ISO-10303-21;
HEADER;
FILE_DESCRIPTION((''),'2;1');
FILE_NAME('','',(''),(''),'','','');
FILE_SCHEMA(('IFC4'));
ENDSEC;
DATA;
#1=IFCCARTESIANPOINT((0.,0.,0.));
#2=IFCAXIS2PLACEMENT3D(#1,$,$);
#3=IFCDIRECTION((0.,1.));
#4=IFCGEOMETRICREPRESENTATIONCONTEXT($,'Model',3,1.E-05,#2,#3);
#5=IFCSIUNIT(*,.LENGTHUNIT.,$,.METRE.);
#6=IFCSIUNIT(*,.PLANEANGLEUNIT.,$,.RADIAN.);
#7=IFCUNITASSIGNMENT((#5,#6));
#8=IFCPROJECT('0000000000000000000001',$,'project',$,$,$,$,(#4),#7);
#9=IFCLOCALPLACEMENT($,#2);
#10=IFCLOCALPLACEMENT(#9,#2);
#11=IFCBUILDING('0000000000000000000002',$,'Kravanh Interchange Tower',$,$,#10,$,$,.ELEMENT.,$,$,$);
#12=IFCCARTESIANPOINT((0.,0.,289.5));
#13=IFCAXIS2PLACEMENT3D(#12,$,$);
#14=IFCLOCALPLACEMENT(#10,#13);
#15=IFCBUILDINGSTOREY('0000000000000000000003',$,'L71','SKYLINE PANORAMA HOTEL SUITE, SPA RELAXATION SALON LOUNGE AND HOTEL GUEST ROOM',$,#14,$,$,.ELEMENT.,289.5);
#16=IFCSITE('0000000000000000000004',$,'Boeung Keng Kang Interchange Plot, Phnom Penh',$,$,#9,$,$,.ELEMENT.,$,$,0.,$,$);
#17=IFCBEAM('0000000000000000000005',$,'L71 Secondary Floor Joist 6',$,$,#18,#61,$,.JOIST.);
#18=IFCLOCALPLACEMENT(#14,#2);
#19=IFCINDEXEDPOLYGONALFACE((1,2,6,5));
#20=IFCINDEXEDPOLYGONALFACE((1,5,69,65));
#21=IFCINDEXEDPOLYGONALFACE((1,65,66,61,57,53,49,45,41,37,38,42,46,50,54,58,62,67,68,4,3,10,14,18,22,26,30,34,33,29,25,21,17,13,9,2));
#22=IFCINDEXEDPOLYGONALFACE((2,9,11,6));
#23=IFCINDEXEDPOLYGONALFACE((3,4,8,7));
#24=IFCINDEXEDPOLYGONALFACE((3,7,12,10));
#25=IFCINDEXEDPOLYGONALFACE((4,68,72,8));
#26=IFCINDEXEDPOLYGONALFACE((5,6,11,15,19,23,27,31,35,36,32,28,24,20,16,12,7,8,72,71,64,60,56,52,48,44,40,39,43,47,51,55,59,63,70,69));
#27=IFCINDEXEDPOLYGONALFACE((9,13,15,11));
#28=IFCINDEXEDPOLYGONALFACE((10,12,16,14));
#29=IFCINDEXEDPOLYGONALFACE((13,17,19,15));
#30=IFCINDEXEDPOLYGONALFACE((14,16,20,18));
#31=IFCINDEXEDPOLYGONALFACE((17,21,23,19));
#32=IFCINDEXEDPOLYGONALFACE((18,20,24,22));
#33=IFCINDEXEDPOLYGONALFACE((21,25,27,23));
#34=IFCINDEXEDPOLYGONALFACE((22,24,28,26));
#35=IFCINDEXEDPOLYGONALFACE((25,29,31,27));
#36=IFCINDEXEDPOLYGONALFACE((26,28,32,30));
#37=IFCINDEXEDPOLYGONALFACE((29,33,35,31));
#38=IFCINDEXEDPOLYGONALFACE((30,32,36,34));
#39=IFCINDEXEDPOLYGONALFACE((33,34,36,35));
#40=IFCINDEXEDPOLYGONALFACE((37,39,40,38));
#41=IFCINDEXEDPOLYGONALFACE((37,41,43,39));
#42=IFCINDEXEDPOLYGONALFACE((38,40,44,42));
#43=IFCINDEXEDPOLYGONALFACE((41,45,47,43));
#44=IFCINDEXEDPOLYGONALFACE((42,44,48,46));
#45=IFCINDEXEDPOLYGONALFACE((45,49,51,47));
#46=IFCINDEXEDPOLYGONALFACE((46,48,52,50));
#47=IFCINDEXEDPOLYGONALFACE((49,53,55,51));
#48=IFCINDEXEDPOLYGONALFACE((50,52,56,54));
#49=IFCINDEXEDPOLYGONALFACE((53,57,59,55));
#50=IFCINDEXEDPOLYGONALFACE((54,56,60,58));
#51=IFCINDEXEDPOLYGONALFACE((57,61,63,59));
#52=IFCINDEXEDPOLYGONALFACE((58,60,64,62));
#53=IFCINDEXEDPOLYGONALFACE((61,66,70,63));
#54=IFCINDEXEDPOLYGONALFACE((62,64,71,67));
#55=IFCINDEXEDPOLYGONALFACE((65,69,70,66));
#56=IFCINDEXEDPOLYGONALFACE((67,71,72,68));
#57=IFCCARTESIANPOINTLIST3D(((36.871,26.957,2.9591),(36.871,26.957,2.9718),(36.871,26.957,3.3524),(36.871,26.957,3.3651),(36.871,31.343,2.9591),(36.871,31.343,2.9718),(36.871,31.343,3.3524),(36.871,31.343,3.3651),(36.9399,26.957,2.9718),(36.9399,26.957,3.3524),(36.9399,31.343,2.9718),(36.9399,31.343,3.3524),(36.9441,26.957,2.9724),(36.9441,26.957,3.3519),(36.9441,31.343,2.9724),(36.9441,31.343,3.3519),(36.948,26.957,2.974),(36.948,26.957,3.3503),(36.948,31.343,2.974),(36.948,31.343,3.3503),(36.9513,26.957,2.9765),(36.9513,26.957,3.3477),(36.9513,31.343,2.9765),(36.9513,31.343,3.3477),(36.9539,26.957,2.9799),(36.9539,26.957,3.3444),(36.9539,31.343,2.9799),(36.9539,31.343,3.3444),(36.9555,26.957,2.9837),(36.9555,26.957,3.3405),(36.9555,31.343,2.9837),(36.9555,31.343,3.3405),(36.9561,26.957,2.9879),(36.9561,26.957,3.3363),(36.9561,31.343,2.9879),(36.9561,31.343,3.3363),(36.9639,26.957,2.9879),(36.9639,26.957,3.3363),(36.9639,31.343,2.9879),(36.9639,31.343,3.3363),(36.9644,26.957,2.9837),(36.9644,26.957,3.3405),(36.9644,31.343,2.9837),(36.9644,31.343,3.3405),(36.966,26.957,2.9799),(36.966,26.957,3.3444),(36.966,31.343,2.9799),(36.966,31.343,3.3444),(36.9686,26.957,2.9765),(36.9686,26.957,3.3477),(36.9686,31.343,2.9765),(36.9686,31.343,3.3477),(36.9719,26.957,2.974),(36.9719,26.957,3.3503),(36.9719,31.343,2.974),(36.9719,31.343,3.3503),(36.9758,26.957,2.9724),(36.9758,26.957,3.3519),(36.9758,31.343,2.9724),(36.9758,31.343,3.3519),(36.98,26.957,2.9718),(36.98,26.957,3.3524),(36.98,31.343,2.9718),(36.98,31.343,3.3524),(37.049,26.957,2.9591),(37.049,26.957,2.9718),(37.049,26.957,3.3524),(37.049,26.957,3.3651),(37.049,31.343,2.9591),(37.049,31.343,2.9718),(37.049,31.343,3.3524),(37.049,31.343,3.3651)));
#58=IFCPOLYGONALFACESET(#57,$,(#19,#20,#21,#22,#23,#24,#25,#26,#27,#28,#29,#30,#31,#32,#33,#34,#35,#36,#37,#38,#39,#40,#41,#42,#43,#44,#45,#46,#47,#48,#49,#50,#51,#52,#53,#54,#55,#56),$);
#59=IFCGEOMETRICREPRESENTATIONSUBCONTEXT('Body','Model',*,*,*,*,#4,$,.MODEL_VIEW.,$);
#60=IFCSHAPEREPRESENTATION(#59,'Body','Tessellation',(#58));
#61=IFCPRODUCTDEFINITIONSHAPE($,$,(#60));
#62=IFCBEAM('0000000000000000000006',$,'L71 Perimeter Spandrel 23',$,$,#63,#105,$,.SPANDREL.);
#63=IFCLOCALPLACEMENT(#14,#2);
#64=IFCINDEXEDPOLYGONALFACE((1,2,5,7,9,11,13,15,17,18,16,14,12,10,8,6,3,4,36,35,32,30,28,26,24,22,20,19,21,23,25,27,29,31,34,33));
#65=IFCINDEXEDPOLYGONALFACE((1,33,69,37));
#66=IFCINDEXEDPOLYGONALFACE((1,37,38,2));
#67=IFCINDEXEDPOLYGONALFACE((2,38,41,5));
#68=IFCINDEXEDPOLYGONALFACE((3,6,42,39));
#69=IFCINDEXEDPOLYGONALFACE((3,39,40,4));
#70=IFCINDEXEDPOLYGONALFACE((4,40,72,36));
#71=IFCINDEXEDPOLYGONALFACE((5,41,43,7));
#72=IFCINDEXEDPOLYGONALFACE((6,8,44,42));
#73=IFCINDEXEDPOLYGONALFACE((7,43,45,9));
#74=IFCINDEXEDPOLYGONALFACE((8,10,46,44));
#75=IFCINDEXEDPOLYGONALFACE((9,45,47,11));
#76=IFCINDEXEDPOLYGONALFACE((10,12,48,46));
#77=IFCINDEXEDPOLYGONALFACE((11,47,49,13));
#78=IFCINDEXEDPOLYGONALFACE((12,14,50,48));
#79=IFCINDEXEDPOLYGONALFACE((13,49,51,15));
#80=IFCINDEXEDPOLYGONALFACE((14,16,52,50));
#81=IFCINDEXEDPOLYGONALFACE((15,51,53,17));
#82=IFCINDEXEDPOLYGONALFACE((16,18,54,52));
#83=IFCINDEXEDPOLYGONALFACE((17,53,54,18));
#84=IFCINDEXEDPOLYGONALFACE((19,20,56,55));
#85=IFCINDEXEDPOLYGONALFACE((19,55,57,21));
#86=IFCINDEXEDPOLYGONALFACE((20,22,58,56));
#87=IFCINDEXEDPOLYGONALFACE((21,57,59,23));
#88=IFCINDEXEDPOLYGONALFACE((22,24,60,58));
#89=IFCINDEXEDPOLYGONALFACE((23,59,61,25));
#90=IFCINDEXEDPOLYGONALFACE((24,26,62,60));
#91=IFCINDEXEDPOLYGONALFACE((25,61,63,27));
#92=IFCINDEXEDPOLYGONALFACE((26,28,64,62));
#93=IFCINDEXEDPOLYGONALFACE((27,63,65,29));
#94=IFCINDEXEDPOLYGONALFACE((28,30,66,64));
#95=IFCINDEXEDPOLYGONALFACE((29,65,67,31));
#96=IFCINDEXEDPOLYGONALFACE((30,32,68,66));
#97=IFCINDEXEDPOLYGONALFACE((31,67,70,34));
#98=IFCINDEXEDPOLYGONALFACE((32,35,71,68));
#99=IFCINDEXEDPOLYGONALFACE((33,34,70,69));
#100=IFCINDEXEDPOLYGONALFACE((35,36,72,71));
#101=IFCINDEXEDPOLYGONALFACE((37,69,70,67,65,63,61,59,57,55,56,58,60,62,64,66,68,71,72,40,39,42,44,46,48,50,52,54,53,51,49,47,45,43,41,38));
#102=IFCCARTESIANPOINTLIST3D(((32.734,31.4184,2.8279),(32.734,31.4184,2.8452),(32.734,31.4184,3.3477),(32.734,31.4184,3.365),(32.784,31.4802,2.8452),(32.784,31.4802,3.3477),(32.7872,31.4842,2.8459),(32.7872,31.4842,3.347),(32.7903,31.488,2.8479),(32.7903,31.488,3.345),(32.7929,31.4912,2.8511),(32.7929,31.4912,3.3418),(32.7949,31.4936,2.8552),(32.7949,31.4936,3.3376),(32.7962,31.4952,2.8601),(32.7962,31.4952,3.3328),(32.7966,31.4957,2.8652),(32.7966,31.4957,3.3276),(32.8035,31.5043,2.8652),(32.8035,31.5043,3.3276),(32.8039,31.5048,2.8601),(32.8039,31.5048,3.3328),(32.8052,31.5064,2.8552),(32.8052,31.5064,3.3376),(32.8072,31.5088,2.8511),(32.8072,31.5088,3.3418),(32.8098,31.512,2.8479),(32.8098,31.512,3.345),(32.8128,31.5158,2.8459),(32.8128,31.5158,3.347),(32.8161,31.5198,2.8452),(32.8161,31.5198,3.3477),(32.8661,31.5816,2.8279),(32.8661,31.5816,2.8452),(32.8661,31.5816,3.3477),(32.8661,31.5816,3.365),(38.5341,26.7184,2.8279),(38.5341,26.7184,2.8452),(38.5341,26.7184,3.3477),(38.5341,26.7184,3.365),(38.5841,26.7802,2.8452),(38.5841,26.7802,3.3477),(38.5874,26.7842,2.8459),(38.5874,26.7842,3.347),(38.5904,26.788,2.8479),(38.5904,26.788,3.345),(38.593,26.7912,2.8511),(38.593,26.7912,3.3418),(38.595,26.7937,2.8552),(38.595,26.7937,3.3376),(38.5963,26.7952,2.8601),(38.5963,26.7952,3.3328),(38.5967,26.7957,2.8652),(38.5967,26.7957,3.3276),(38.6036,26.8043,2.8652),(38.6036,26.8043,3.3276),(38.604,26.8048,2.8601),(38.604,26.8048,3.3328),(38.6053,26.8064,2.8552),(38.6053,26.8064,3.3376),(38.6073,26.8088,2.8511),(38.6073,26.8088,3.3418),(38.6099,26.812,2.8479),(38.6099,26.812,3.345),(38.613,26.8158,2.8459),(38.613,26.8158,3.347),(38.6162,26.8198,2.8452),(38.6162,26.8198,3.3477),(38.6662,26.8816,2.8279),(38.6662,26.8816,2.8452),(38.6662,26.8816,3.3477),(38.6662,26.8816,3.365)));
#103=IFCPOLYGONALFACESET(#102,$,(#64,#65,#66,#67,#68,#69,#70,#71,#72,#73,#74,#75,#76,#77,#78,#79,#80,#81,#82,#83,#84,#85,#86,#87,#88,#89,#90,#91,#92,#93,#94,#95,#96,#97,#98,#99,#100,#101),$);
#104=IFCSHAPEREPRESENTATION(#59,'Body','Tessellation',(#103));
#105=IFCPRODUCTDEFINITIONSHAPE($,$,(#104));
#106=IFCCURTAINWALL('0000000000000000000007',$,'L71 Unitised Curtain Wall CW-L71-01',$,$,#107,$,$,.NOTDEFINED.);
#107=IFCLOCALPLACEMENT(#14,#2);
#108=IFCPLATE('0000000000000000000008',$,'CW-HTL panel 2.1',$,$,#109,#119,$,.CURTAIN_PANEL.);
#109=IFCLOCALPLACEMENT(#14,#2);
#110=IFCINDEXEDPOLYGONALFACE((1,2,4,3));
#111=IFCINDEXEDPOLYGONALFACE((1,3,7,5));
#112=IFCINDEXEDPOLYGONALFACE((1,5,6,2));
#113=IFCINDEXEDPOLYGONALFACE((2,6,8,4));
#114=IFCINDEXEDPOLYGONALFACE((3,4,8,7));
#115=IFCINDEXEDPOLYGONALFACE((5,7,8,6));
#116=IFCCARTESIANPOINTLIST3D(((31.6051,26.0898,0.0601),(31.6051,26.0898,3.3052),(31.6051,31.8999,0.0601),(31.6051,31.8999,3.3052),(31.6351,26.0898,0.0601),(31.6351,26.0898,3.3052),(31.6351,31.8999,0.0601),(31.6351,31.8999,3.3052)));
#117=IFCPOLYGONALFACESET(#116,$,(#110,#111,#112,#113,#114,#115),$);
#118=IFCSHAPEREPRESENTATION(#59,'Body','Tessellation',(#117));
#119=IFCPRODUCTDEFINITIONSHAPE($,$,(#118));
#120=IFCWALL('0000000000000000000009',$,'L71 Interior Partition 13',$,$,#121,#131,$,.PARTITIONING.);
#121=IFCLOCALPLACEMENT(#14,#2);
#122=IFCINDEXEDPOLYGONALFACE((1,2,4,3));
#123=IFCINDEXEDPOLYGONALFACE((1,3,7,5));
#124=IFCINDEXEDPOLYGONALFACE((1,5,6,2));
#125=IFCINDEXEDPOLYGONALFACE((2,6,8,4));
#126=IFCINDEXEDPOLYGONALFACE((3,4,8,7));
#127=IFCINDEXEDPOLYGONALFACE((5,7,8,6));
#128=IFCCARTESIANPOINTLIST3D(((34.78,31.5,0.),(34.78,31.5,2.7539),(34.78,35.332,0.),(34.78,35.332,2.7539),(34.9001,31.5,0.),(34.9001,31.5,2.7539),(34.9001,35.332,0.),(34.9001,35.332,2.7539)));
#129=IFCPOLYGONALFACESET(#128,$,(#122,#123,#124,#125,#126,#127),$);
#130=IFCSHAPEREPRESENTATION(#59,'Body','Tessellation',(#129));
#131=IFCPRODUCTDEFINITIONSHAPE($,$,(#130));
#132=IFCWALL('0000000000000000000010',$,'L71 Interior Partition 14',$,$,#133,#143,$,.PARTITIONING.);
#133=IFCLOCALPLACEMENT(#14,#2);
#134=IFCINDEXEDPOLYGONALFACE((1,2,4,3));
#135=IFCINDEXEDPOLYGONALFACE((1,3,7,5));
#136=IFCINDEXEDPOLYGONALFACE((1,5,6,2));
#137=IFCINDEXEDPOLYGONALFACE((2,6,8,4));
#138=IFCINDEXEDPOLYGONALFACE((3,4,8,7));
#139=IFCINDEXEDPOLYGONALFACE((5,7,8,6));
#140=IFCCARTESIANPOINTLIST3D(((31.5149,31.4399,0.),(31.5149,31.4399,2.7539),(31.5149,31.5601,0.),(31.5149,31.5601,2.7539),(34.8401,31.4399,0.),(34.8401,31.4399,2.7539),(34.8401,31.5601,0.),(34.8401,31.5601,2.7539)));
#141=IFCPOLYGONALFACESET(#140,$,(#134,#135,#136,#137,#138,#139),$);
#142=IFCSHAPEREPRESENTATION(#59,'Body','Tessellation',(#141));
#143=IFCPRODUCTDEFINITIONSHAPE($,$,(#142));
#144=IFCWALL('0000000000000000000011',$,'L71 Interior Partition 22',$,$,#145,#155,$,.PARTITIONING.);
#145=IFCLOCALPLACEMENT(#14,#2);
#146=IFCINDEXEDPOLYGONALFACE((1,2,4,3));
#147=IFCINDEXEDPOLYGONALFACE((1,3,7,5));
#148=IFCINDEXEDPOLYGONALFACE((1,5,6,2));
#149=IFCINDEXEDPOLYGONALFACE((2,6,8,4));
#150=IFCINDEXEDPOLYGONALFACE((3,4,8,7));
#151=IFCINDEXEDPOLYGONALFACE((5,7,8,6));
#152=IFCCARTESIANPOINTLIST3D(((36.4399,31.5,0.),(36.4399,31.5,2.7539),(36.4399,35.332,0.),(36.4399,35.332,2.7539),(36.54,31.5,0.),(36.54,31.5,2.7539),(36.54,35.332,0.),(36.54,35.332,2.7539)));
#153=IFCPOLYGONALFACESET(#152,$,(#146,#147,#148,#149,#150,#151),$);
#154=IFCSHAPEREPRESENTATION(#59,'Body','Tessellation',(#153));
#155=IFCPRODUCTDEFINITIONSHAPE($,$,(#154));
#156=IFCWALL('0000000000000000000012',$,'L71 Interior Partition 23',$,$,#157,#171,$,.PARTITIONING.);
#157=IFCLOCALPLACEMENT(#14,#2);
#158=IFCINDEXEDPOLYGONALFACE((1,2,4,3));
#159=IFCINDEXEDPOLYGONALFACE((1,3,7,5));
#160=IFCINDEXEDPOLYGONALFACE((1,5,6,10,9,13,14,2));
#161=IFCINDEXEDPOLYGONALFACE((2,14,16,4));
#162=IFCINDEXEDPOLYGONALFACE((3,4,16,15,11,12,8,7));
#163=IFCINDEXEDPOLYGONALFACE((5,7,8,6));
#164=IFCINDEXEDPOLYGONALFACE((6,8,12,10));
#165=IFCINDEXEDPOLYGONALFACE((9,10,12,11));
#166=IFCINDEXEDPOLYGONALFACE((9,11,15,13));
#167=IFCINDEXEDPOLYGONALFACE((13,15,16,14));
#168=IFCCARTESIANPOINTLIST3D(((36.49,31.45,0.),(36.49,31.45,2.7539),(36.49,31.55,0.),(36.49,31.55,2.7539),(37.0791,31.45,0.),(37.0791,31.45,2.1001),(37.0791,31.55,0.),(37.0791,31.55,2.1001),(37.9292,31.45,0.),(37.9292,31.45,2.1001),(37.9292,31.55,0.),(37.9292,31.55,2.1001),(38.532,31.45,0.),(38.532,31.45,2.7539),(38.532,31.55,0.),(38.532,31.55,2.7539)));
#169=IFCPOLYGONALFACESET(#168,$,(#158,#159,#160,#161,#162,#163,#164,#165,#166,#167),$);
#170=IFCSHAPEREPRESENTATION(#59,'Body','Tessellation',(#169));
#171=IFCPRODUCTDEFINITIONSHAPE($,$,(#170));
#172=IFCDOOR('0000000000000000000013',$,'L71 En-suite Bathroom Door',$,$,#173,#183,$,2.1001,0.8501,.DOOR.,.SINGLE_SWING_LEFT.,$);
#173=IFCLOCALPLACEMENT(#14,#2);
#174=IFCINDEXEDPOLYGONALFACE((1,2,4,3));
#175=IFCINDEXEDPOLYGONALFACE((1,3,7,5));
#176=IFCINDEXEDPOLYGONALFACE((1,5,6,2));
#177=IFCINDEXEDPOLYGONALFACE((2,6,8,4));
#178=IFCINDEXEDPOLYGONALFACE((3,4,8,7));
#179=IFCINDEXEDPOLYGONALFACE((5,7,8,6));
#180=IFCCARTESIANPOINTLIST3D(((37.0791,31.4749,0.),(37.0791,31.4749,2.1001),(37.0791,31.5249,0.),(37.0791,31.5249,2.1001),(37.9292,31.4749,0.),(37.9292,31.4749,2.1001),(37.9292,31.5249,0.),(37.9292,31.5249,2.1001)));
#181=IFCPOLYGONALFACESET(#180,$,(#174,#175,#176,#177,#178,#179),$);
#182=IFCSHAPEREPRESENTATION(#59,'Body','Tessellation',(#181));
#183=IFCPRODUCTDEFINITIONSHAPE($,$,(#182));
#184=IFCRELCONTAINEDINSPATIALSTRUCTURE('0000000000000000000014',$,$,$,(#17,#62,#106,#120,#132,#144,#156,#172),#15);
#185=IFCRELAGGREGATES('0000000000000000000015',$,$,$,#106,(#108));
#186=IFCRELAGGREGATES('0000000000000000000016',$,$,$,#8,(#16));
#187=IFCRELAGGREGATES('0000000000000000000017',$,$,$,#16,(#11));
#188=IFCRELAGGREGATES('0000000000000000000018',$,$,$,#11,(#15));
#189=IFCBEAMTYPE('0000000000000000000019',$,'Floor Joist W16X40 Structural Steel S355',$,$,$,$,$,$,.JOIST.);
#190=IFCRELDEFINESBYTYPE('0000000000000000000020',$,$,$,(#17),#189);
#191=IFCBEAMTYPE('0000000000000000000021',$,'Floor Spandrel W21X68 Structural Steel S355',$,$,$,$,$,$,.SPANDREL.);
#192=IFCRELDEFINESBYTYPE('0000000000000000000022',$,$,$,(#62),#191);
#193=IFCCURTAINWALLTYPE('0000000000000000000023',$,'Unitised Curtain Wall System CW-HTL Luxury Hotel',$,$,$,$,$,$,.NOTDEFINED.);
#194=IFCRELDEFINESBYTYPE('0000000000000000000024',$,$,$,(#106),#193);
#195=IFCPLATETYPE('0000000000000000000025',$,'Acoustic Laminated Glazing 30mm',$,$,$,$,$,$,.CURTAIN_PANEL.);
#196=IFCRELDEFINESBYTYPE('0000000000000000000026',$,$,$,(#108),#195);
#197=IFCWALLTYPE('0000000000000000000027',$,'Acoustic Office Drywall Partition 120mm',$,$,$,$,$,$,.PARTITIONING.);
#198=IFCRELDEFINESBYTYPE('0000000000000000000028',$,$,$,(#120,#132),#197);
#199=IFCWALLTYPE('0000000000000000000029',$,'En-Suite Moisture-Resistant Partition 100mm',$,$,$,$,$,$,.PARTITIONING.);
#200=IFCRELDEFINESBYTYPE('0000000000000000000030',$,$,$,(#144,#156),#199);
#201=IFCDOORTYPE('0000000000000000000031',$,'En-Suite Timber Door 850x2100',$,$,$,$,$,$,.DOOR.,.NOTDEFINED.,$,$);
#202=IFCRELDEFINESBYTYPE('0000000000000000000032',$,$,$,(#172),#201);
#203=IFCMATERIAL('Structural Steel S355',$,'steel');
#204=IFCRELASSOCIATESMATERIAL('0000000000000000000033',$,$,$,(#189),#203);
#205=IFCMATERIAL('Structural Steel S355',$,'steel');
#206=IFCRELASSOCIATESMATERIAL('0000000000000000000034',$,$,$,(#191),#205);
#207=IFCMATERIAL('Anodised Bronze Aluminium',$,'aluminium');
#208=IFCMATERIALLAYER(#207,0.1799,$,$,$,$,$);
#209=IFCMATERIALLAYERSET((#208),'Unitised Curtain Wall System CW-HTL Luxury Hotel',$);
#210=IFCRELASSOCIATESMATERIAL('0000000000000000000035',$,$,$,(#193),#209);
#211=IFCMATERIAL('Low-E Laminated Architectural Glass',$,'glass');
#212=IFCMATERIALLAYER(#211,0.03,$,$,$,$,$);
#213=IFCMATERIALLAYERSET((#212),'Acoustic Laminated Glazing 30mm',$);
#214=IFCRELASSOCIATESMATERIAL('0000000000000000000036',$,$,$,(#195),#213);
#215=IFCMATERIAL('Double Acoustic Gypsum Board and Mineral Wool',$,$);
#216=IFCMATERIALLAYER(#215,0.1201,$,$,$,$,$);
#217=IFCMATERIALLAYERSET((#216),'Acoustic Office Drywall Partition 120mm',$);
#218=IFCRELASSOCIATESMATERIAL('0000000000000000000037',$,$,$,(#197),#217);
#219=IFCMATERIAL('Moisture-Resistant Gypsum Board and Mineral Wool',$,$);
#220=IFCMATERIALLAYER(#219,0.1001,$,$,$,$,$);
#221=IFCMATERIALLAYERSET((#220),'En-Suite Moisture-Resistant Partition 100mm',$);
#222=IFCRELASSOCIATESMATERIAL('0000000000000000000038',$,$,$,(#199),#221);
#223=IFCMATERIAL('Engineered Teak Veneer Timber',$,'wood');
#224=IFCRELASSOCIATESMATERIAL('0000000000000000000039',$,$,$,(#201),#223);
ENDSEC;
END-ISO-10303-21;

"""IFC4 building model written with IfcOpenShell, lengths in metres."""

from ifc_helpers import new_model, si_unit, direction, frame, frame_2d, origin, origin_2d, place, context, subcontext, project, spatial, rectangle, i_section, extrude, material, layer, layer_set, material_profile, profile_set, type_object, element, fill, aggregate, save


model = new_model("IFC4")

# Units and contexts
model_context = context("Model", 3, precision=1e-05, world=origin(), true_north=direction((0.0, 1.0)))
body_context = subcontext(model_context, "Body", "Model", "MODEL_VIEW")
ifc_project = project(units=[si_unit("LENGTHUNIT", "METRE"), si_unit("PLANEANGLEUNIT", "RADIAN")], contexts=[model_context])

# Site, building, storey
site_placement = place(None, origin())
site = spatial("IfcSite", under=ifc_project, at=site_placement, Name="Boeung Keng Kang Interchange Plot, Phnom Penh", CompositionType="ELEMENT", RefElevation=0.0)
building_placement = place(site_placement, origin())
building = spatial("IfcBuilding", under=site, at=building_placement, Name="Kravanh Interchange Tower", CompositionType="ELEMENT")
storey_placement = place(building_placement, frame((0.0, 0.0, 289.5)))
storey = spatial("IfcBuildingStorey", under=building, at=storey_placement, Name="L71", Description="SKYLINE PANORAMA HOTEL SUITE, SPA RELAXATION SALON LOUNGE AND HOTEL GUEST ROOM", CompositionType="ELEMENT", Elevation=289.5)

# Beams
ifc_material_1 = material(Name="Structural Steel S355", Category="steel")
ifc_material_profile_1 = material_profile(ifc_material_1, i_section(OverallWidth=0.178, OverallDepth=0.406, WebThickness=0.0078, FlangeThickness=0.0127, FilletRadius=0.0161, at=origin_2d()), Name="W16X40")
ifc_profile_set_1 = profile_set([ifc_material_profile_1], Name="Structural Steel S355")
beam_type_1 = type_object("IfcBeamType", Name="Floor Joist W16X40 Structural Steel S355", PredefinedType="JOIST", material=ifc_profile_set_1)
beam_1_placement = place(storey_placement, frame((36.96, 26.957, 3.1621), z_axis=(0.0, 1.0, 0.0), x_axis=(-1.0, 0.0, 0.0)))
element("IfcBeam", 1, at=beam_1_placement, inside=storey, type_object=beam_type_1, Name="L71 Secondary Floor Joist 6", PredefinedType="JOIST", context=body_context, shape_type="SweptSolid", body=[
    extrude(i_section(OverallWidth=0.178, OverallDepth=0.406, WebThickness=0.0078, FlangeThickness=0.0127, FilletRadius=0.0161, at=origin_2d()), origin(), (0.0, 0.0, 1.0), 4.386),
])
ifc_material_2 = material(Name="Structural Steel S355", Category="steel")
ifc_material_profile_2 = material_profile(ifc_material_2, i_section(OverallWidth=0.21, OverallDepth=0.5371, WebThickness=0.011, FlangeThickness=0.0173, FilletRadius=0.02, at=origin_2d()), Name="W21X68")
ifc_profile_set_2 = profile_set([ifc_material_profile_2], Name="Structural Steel S355")
beam_type_2 = type_object("IfcBeamType", Name="Floor Spandrel W21X68 Structural Steel S355", PredefinedType="SPANDREL", material=ifc_profile_set_2)
beam_2_placement = place(storey_placement, frame((32.8, 31.5, 3.0964), z_axis=(0.776939, -0.629576, 0.0), x_axis=(0.629576, 0.776939, 0.0)))
element("IfcBeam", 2, at=beam_2_placement, inside=storey, type_object=beam_type_2, Name="L71 Perimeter Spandrel 23", PredefinedType="SPANDREL", context=body_context, shape_type="SweptSolid", body=[
    extrude(i_section(OverallWidth=0.21, OverallDepth=0.5371, WebThickness=0.011, FlangeThickness=0.0173, FilletRadius=0.02, at=origin_2d()), origin(), (0.0, 0.0, 1.0), 7.4653),
])

# Curtain wall, plate
ifc_material_3 = material(Name="Anodised Bronze Aluminium", Category="aluminium")
ifc_layer_1 = layer(ifc_material_3, 0.1799)
ifc_layer_set_1 = layer_set([ifc_layer_1], Name="Unitised Curtain Wall System CW-HTL Luxury Hotel")
curtain_wall_type = type_object("IfcCurtainWallType", Name="Unitised Curtain Wall System CW-HTL Luxury Hotel", PredefinedType="NOTDEFINED", material=ifc_layer_set_1)
curtain_wall_placement = place(storey_placement, origin())
curtain_wall = element("IfcCurtainWall", 3, at=curtain_wall_placement, inside=storey, type_object=curtain_wall_type, Name="L71 Unitised Curtain Wall CW-L71-01", PredefinedType="NOTDEFINED")
ifc_material_4 = material(Name="Low-E Laminated Architectural Glass", Category="glass")
ifc_layer_2 = layer(ifc_material_4, 0.03)
ifc_layer_set_2 = layer_set([ifc_layer_2], Name="Acoustic Laminated Glazing 30mm")
plate_type = type_object("IfcPlateType", Name="Acoustic Laminated Glazing 30mm", PredefinedType="CURTAIN_PANEL", material=ifc_layer_set_2)
plate_placement = place(storey_placement, frame((31.6201, 28.9949, 0.0601), z_axis=(0.0, 0.0, 1.0), x_axis=(0.0, 1.0, 0.0)))
plate = element("IfcPlate", 4, at=plate_placement, type_object=plate_type, Name="CW-HTL panel 2.1", PredefinedType="CURTAIN_PANEL", context=body_context, shape_type="SweptSolid", body=[
    extrude(rectangle(XDim=5.8101, YDim=0.03, at=origin_2d()), origin(), (0.0, 0.0, 1.0), 3.2451),
])
aggregate(curtain_wall, [plate])

# Walls
ifc_material_5 = material(Name="Double Acoustic Gypsum Board and Mineral Wool")
ifc_layer_3 = layer(ifc_material_5, 0.1201)
ifc_layer_set_3 = layer_set([ifc_layer_3], Name="Acoustic Office Drywall Partition 120mm")
wall_type_1 = type_object("IfcWallType", Name="Acoustic Office Drywall Partition 120mm", PredefinedType="PARTITIONING", material=ifc_layer_set_3)
wall_1_placement = place(storey_placement, frame((34.8401, 31.5, 0.0), z_axis=(0.0, 0.0, 1.0), x_axis=(0.0, 1.0, 0.0)))
element("IfcWall", 5, at=wall_1_placement, inside=storey, type_object=wall_type_1, Name="L71 Interior Partition 13", PredefinedType="PARTITIONING", context=body_context, shape_type="SweptSolid", body=[
    extrude(rectangle(XDim=3.832, YDim=0.1201, at=frame_2d((1.916, 0.0))), origin(), (0.0, 0.0, 1.0), 2.7539),
])
wall_2_placement = place(storey_placement, frame((31.5149, 31.5, 0.0), z_axis=(0.0, 0.0, 1.0), x_axis=(1.0, 0.0, 0.0)))
element("IfcWall", 6, at=wall_2_placement, inside=storey, type_object=wall_type_1, Name="L71 Interior Partition 14", PredefinedType="PARTITIONING", context=body_context, shape_type="SweptSolid", body=[
    extrude(rectangle(XDim=3.3252, YDim=0.1201, at=frame_2d((1.6626, 0.0))), origin(), (0.0, 0.0, 1.0), 2.7539),
])
ifc_material_6 = material(Name="Moisture-Resistant Gypsum Board and Mineral Wool")
ifc_layer_4 = layer(ifc_material_6, 0.1001)
ifc_layer_set_4 = layer_set([ifc_layer_4], Name="En-Suite Moisture-Resistant Partition 100mm")
wall_type_2 = type_object("IfcWallType", Name="En-Suite Moisture-Resistant Partition 100mm", PredefinedType="PARTITIONING", material=ifc_layer_set_4)
wall_3_placement = place(storey_placement, frame((36.49, 31.5, 0.0), z_axis=(0.0, 0.0, 1.0), x_axis=(0.0, 1.0, 0.0)))
element("IfcWall", 7, at=wall_3_placement, inside=storey, type_object=wall_type_2, Name="L71 Interior Partition 22", PredefinedType="PARTITIONING", context=body_context, shape_type="SweptSolid", body=[
    extrude(rectangle(XDim=3.832, YDim=0.1001, at=frame_2d((1.916, 0.0))), origin(), (0.0, 0.0, 1.0), 2.7539),
])

# Wall, opening, door
wall_4_placement = place(storey_placement, frame((36.49, 31.5, 0.0), z_axis=(0.0, 0.0, 1.0), x_axis=(1.0, 0.0, 0.0)))
wall_4 = element("IfcWall", 8, at=wall_4_placement, inside=storey, type_object=wall_type_2, Name="L71 Interior Partition 23", PredefinedType="PARTITIONING", context=body_context, shape_type="SweptSolid", body=[
    extrude(rectangle(XDim=2.042, YDim=0.1001, at=frame_2d((1.021, 0.0))), origin(), (0.0, 0.0, 1.0), 2.7539),
])
opening_placement = place(wall_4_placement, frame((0.5891, 0.0, 0.0)))
opening = element("IfcOpeningElement", 9, at=opening_placement, cuts=wall_4, PredefinedType="OPENING", context=body_context, shape_type="SweptSolid", body=[
    extrude(rectangle(XDim=0.8501, YDim=2.1001, at=frame_2d((0.425, 1.05))), frame((0.0, 0.0601, 0.0), z_axis=(0.0, -1.0, 0.0), x_axis=(1.0, 0.0, 0.0)), (0.0, 0.0, 1.0), 0.1201),
])
ifc_material_7 = material(Name="Engineered Teak Veneer Timber", Category="wood")
door_type = type_object("IfcDoorType", Name="En-Suite Timber Door 850x2100", OperationType="NOTDEFINED", PredefinedType="DOOR", material=ifc_material_7)
door_placement = place(opening_placement, origin())
door = element("IfcDoor", 10, at=door_placement, inside=storey, type_object=door_type, Name="L71 En-suite Bathroom Door", OperationType="SINGLE_SWING_LEFT", OverallHeight=2.1001, OverallWidth=0.8501, PredefinedType="DOOR", context=body_context, shape_type="SweptSolid", body=[
    extrude(rectangle(XDim=0.8501, YDim=2.1001, at=frame_2d((0.425, 1.05))), frame((0.0, 0.0249, 0.0), z_axis=(0.0, -1.0, 0.0), x_axis=(1.0, 0.0, 0.0)), (0.0, 0.0, 1.0), 0.05),
])
fill(opening, door)

save(model, "model.ifc")
